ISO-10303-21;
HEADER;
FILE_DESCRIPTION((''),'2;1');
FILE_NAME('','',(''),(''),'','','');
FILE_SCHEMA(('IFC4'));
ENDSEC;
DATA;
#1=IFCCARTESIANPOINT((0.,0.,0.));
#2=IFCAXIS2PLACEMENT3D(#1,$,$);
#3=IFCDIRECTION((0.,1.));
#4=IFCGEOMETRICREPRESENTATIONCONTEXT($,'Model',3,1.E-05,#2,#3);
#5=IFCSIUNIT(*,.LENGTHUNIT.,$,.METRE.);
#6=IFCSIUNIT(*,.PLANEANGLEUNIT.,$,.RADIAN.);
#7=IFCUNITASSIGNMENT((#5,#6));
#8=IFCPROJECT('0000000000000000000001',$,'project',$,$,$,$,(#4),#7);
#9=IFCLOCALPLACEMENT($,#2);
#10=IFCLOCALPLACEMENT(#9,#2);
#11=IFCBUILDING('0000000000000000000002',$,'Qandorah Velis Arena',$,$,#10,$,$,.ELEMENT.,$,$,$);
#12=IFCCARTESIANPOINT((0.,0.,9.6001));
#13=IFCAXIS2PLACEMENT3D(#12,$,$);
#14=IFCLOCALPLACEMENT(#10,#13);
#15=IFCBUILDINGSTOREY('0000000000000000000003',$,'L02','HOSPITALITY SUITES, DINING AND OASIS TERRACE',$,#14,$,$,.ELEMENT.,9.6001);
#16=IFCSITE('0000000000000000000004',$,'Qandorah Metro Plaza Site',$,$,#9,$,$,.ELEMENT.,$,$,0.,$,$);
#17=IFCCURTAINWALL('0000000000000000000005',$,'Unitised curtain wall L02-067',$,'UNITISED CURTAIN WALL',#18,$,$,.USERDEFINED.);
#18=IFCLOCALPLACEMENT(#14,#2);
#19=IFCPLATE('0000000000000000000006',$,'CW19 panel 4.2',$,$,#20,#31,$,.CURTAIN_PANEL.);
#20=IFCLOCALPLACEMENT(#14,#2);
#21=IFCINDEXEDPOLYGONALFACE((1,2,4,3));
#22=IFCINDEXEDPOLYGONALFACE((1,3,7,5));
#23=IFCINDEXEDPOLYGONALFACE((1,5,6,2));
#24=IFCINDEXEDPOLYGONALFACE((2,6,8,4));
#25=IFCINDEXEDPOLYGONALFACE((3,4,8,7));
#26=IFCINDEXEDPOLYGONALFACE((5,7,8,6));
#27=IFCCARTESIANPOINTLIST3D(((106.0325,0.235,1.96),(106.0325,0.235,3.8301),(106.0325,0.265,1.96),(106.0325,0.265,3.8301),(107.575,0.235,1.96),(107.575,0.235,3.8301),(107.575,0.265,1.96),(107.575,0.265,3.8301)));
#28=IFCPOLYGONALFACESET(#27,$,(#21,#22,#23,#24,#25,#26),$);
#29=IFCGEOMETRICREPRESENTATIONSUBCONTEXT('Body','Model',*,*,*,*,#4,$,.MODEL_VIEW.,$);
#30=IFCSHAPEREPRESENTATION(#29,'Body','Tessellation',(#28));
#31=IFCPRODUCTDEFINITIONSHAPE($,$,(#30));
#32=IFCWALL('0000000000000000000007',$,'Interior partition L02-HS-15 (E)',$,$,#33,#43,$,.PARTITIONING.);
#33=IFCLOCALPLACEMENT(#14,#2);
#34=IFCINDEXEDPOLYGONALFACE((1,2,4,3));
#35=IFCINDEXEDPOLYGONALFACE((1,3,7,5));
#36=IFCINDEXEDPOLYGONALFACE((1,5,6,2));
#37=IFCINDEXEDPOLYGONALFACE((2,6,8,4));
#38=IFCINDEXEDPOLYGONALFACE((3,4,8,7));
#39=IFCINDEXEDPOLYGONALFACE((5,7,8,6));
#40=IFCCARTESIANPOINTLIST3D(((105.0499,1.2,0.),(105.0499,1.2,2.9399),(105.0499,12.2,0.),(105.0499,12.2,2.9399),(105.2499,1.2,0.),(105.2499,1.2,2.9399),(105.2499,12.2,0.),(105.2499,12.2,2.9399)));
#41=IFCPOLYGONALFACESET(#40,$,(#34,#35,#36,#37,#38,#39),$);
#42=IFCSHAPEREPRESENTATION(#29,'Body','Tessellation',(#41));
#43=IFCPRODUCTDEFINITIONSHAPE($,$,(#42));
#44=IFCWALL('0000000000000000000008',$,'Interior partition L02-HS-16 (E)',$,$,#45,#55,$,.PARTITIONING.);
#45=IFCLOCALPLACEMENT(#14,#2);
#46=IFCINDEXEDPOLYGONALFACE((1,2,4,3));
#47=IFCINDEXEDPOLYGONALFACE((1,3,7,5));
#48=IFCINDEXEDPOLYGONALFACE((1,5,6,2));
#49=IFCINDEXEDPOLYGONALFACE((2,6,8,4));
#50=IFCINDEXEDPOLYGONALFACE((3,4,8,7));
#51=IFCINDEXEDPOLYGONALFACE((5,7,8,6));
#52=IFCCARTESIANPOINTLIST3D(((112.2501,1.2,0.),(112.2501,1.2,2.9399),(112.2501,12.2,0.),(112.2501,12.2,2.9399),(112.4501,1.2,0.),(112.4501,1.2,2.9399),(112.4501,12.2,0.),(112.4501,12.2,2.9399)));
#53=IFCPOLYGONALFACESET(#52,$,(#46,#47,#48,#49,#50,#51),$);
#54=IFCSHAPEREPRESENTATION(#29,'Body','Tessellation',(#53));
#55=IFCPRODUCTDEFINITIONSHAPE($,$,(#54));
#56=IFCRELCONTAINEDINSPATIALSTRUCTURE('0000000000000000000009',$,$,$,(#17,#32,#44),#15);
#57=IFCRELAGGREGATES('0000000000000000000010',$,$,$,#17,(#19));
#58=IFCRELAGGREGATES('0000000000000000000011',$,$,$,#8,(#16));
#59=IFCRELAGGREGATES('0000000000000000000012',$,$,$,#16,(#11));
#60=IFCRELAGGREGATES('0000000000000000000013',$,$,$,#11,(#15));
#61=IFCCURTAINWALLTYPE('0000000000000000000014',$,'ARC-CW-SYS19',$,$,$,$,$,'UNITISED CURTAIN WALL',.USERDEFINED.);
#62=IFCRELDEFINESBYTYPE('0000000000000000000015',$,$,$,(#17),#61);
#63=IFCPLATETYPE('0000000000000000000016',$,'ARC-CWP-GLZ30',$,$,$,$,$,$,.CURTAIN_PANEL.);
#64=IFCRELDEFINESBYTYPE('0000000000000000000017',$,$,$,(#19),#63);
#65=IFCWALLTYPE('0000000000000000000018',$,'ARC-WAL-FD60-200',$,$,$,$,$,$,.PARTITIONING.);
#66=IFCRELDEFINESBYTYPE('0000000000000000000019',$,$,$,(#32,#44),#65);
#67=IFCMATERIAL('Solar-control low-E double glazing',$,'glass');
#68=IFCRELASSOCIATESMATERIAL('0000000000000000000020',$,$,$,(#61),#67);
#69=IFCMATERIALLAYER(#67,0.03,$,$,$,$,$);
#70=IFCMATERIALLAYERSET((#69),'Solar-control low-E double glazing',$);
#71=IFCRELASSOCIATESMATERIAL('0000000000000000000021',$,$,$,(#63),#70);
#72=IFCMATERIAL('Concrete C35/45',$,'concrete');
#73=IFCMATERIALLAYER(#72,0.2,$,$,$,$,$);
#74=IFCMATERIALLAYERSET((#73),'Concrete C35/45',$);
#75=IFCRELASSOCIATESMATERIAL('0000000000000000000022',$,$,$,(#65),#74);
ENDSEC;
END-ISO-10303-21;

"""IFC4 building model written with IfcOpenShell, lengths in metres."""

from ifc_helpers import new_model, si_unit, direction, frame, frame_2d, origin, origin_2d, place, context, subcontext, project, spatial, rectangle, extrude, material, layer, layer_set, type_object, element, aggregate, save


model = new_model("IFC4")

# Units and contexts
model_context = context("Model", 3, precision=1e-05, world=origin(), true_north=direction((0.0, 1.0)))
body_context = subcontext(model_context, "Body", "Model", "MODEL_VIEW")
ifc_project = project(units=[si_unit("LENGTHUNIT", "METRE"), si_unit("PLANEANGLEUNIT", "RADIAN")], contexts=[model_context])

# Site, building, storey
site_placement = place(None, origin())
site = spatial("IfcSite", under=ifc_project, at=site_placement, Name="Qandorah Metro Plaza Site", CompositionType="ELEMENT", RefElevation=0.0)
building_placement = place(site_placement, origin())
building = spatial("IfcBuilding", under=site, at=building_placement, Name="Qandorah Velis Arena", CompositionType="ELEMENT")
storey_placement = place(building_placement, frame((0.0, 0.0, 9.6001)))
storey = spatial("IfcBuildingStorey", under=building, at=storey_placement, Name="L02", Description="HOSPITALITY SUITES, DINING AND OASIS TERRACE", CompositionType="ELEMENT", Elevation=9.6001)

# Curtain wall
ifc_material_1 = material(Name="Solar-control low-E double glazing", Category="glass")
curtain_wall_type = type_object("IfcCurtainWallType", Name="ARC-CW-SYS19", ElementType="UNITISED CURTAIN WALL", PredefinedType="USERDEFINED", material=ifc_material_1)
curtain_wall_placement = place(storey_placement, origin())
curtain_wall = element("IfcCurtainWall", 1, at=curtain_wall_placement, inside=storey, type_object=curtain_wall_type, Name="Unitised curtain wall L02-067", ObjectType="UNITISED CURTAIN WALL", PredefinedType="USERDEFINED")

# Plate
ifc_layer_1 = layer(ifc_material_1, 0.03)
ifc_layer_set_1 = layer_set([ifc_layer_1], Name="Solar-control low-E double glazing")
plate_type = type_object("IfcPlateType", Name="ARC-CWP-GLZ30", PredefinedType="CURTAIN_PANEL", material=ifc_layer_set_1)
plate_1_placement = place(storey_placement, frame((106.8037, 0.25, 1.96), z_axis=(0.0, 0.0, 1.0), x_axis=(1.0, 0.0, 0.0)))
plate_1 = element("IfcPlate", 2, at=plate_1_placement, type_object=plate_type, Name="CW19 panel 4.2", PredefinedType="CURTAIN_PANEL", context=body_context, shape_type="SweptSolid", body=[
    extrude(rectangle(XDim=1.5425, YDim=0.03, at=origin_2d()), origin(), (0.0, 0.0, 1.0), 1.8701),
])
aggregate(curtain_wall, [plate_1])

# Walls
ifc_material_2 = material(Name="Concrete C35/45", Category="concrete")
ifc_layer_2 = layer(ifc_material_2, 0.2)
ifc_layer_set_2 = layer_set([ifc_layer_2], Name="Concrete C35/45")
wall_type = type_object("IfcWallType", Name="ARC-WAL-FD60-200", PredefinedType="PARTITIONING", material=ifc_layer_set_2)
for number, where, z_axis, x_axis, name in (
    (3, (105.1499, 1.2, 0.0), (0.0, 0.0, 1.0), (0.0, 1.0, 0.0), "Interior partition L02-HS-15 (E)"),
    (4, (112.3501, 1.2, 0.0), (0.0, 0.0, 1.0), (0.0, 1.0, 0.0), "Interior partition L02-HS-16 (E)"),
):
    element("IfcWall", number, at=place(storey_placement, frame(where, z_axis=z_axis, x_axis=x_axis)), inside=storey, type_object=wall_type, Name=name, PredefinedType="PARTITIONING", context=body_context, shape_type="SweptSolid", body=[
        extrude(rectangle(XDim=11.0, YDim=0.2, at=frame_2d((5.5, 0.0))), origin(), (0.0, 0.0, 1.0), 2.9399),
    ])

save(model, "model.ifc")
